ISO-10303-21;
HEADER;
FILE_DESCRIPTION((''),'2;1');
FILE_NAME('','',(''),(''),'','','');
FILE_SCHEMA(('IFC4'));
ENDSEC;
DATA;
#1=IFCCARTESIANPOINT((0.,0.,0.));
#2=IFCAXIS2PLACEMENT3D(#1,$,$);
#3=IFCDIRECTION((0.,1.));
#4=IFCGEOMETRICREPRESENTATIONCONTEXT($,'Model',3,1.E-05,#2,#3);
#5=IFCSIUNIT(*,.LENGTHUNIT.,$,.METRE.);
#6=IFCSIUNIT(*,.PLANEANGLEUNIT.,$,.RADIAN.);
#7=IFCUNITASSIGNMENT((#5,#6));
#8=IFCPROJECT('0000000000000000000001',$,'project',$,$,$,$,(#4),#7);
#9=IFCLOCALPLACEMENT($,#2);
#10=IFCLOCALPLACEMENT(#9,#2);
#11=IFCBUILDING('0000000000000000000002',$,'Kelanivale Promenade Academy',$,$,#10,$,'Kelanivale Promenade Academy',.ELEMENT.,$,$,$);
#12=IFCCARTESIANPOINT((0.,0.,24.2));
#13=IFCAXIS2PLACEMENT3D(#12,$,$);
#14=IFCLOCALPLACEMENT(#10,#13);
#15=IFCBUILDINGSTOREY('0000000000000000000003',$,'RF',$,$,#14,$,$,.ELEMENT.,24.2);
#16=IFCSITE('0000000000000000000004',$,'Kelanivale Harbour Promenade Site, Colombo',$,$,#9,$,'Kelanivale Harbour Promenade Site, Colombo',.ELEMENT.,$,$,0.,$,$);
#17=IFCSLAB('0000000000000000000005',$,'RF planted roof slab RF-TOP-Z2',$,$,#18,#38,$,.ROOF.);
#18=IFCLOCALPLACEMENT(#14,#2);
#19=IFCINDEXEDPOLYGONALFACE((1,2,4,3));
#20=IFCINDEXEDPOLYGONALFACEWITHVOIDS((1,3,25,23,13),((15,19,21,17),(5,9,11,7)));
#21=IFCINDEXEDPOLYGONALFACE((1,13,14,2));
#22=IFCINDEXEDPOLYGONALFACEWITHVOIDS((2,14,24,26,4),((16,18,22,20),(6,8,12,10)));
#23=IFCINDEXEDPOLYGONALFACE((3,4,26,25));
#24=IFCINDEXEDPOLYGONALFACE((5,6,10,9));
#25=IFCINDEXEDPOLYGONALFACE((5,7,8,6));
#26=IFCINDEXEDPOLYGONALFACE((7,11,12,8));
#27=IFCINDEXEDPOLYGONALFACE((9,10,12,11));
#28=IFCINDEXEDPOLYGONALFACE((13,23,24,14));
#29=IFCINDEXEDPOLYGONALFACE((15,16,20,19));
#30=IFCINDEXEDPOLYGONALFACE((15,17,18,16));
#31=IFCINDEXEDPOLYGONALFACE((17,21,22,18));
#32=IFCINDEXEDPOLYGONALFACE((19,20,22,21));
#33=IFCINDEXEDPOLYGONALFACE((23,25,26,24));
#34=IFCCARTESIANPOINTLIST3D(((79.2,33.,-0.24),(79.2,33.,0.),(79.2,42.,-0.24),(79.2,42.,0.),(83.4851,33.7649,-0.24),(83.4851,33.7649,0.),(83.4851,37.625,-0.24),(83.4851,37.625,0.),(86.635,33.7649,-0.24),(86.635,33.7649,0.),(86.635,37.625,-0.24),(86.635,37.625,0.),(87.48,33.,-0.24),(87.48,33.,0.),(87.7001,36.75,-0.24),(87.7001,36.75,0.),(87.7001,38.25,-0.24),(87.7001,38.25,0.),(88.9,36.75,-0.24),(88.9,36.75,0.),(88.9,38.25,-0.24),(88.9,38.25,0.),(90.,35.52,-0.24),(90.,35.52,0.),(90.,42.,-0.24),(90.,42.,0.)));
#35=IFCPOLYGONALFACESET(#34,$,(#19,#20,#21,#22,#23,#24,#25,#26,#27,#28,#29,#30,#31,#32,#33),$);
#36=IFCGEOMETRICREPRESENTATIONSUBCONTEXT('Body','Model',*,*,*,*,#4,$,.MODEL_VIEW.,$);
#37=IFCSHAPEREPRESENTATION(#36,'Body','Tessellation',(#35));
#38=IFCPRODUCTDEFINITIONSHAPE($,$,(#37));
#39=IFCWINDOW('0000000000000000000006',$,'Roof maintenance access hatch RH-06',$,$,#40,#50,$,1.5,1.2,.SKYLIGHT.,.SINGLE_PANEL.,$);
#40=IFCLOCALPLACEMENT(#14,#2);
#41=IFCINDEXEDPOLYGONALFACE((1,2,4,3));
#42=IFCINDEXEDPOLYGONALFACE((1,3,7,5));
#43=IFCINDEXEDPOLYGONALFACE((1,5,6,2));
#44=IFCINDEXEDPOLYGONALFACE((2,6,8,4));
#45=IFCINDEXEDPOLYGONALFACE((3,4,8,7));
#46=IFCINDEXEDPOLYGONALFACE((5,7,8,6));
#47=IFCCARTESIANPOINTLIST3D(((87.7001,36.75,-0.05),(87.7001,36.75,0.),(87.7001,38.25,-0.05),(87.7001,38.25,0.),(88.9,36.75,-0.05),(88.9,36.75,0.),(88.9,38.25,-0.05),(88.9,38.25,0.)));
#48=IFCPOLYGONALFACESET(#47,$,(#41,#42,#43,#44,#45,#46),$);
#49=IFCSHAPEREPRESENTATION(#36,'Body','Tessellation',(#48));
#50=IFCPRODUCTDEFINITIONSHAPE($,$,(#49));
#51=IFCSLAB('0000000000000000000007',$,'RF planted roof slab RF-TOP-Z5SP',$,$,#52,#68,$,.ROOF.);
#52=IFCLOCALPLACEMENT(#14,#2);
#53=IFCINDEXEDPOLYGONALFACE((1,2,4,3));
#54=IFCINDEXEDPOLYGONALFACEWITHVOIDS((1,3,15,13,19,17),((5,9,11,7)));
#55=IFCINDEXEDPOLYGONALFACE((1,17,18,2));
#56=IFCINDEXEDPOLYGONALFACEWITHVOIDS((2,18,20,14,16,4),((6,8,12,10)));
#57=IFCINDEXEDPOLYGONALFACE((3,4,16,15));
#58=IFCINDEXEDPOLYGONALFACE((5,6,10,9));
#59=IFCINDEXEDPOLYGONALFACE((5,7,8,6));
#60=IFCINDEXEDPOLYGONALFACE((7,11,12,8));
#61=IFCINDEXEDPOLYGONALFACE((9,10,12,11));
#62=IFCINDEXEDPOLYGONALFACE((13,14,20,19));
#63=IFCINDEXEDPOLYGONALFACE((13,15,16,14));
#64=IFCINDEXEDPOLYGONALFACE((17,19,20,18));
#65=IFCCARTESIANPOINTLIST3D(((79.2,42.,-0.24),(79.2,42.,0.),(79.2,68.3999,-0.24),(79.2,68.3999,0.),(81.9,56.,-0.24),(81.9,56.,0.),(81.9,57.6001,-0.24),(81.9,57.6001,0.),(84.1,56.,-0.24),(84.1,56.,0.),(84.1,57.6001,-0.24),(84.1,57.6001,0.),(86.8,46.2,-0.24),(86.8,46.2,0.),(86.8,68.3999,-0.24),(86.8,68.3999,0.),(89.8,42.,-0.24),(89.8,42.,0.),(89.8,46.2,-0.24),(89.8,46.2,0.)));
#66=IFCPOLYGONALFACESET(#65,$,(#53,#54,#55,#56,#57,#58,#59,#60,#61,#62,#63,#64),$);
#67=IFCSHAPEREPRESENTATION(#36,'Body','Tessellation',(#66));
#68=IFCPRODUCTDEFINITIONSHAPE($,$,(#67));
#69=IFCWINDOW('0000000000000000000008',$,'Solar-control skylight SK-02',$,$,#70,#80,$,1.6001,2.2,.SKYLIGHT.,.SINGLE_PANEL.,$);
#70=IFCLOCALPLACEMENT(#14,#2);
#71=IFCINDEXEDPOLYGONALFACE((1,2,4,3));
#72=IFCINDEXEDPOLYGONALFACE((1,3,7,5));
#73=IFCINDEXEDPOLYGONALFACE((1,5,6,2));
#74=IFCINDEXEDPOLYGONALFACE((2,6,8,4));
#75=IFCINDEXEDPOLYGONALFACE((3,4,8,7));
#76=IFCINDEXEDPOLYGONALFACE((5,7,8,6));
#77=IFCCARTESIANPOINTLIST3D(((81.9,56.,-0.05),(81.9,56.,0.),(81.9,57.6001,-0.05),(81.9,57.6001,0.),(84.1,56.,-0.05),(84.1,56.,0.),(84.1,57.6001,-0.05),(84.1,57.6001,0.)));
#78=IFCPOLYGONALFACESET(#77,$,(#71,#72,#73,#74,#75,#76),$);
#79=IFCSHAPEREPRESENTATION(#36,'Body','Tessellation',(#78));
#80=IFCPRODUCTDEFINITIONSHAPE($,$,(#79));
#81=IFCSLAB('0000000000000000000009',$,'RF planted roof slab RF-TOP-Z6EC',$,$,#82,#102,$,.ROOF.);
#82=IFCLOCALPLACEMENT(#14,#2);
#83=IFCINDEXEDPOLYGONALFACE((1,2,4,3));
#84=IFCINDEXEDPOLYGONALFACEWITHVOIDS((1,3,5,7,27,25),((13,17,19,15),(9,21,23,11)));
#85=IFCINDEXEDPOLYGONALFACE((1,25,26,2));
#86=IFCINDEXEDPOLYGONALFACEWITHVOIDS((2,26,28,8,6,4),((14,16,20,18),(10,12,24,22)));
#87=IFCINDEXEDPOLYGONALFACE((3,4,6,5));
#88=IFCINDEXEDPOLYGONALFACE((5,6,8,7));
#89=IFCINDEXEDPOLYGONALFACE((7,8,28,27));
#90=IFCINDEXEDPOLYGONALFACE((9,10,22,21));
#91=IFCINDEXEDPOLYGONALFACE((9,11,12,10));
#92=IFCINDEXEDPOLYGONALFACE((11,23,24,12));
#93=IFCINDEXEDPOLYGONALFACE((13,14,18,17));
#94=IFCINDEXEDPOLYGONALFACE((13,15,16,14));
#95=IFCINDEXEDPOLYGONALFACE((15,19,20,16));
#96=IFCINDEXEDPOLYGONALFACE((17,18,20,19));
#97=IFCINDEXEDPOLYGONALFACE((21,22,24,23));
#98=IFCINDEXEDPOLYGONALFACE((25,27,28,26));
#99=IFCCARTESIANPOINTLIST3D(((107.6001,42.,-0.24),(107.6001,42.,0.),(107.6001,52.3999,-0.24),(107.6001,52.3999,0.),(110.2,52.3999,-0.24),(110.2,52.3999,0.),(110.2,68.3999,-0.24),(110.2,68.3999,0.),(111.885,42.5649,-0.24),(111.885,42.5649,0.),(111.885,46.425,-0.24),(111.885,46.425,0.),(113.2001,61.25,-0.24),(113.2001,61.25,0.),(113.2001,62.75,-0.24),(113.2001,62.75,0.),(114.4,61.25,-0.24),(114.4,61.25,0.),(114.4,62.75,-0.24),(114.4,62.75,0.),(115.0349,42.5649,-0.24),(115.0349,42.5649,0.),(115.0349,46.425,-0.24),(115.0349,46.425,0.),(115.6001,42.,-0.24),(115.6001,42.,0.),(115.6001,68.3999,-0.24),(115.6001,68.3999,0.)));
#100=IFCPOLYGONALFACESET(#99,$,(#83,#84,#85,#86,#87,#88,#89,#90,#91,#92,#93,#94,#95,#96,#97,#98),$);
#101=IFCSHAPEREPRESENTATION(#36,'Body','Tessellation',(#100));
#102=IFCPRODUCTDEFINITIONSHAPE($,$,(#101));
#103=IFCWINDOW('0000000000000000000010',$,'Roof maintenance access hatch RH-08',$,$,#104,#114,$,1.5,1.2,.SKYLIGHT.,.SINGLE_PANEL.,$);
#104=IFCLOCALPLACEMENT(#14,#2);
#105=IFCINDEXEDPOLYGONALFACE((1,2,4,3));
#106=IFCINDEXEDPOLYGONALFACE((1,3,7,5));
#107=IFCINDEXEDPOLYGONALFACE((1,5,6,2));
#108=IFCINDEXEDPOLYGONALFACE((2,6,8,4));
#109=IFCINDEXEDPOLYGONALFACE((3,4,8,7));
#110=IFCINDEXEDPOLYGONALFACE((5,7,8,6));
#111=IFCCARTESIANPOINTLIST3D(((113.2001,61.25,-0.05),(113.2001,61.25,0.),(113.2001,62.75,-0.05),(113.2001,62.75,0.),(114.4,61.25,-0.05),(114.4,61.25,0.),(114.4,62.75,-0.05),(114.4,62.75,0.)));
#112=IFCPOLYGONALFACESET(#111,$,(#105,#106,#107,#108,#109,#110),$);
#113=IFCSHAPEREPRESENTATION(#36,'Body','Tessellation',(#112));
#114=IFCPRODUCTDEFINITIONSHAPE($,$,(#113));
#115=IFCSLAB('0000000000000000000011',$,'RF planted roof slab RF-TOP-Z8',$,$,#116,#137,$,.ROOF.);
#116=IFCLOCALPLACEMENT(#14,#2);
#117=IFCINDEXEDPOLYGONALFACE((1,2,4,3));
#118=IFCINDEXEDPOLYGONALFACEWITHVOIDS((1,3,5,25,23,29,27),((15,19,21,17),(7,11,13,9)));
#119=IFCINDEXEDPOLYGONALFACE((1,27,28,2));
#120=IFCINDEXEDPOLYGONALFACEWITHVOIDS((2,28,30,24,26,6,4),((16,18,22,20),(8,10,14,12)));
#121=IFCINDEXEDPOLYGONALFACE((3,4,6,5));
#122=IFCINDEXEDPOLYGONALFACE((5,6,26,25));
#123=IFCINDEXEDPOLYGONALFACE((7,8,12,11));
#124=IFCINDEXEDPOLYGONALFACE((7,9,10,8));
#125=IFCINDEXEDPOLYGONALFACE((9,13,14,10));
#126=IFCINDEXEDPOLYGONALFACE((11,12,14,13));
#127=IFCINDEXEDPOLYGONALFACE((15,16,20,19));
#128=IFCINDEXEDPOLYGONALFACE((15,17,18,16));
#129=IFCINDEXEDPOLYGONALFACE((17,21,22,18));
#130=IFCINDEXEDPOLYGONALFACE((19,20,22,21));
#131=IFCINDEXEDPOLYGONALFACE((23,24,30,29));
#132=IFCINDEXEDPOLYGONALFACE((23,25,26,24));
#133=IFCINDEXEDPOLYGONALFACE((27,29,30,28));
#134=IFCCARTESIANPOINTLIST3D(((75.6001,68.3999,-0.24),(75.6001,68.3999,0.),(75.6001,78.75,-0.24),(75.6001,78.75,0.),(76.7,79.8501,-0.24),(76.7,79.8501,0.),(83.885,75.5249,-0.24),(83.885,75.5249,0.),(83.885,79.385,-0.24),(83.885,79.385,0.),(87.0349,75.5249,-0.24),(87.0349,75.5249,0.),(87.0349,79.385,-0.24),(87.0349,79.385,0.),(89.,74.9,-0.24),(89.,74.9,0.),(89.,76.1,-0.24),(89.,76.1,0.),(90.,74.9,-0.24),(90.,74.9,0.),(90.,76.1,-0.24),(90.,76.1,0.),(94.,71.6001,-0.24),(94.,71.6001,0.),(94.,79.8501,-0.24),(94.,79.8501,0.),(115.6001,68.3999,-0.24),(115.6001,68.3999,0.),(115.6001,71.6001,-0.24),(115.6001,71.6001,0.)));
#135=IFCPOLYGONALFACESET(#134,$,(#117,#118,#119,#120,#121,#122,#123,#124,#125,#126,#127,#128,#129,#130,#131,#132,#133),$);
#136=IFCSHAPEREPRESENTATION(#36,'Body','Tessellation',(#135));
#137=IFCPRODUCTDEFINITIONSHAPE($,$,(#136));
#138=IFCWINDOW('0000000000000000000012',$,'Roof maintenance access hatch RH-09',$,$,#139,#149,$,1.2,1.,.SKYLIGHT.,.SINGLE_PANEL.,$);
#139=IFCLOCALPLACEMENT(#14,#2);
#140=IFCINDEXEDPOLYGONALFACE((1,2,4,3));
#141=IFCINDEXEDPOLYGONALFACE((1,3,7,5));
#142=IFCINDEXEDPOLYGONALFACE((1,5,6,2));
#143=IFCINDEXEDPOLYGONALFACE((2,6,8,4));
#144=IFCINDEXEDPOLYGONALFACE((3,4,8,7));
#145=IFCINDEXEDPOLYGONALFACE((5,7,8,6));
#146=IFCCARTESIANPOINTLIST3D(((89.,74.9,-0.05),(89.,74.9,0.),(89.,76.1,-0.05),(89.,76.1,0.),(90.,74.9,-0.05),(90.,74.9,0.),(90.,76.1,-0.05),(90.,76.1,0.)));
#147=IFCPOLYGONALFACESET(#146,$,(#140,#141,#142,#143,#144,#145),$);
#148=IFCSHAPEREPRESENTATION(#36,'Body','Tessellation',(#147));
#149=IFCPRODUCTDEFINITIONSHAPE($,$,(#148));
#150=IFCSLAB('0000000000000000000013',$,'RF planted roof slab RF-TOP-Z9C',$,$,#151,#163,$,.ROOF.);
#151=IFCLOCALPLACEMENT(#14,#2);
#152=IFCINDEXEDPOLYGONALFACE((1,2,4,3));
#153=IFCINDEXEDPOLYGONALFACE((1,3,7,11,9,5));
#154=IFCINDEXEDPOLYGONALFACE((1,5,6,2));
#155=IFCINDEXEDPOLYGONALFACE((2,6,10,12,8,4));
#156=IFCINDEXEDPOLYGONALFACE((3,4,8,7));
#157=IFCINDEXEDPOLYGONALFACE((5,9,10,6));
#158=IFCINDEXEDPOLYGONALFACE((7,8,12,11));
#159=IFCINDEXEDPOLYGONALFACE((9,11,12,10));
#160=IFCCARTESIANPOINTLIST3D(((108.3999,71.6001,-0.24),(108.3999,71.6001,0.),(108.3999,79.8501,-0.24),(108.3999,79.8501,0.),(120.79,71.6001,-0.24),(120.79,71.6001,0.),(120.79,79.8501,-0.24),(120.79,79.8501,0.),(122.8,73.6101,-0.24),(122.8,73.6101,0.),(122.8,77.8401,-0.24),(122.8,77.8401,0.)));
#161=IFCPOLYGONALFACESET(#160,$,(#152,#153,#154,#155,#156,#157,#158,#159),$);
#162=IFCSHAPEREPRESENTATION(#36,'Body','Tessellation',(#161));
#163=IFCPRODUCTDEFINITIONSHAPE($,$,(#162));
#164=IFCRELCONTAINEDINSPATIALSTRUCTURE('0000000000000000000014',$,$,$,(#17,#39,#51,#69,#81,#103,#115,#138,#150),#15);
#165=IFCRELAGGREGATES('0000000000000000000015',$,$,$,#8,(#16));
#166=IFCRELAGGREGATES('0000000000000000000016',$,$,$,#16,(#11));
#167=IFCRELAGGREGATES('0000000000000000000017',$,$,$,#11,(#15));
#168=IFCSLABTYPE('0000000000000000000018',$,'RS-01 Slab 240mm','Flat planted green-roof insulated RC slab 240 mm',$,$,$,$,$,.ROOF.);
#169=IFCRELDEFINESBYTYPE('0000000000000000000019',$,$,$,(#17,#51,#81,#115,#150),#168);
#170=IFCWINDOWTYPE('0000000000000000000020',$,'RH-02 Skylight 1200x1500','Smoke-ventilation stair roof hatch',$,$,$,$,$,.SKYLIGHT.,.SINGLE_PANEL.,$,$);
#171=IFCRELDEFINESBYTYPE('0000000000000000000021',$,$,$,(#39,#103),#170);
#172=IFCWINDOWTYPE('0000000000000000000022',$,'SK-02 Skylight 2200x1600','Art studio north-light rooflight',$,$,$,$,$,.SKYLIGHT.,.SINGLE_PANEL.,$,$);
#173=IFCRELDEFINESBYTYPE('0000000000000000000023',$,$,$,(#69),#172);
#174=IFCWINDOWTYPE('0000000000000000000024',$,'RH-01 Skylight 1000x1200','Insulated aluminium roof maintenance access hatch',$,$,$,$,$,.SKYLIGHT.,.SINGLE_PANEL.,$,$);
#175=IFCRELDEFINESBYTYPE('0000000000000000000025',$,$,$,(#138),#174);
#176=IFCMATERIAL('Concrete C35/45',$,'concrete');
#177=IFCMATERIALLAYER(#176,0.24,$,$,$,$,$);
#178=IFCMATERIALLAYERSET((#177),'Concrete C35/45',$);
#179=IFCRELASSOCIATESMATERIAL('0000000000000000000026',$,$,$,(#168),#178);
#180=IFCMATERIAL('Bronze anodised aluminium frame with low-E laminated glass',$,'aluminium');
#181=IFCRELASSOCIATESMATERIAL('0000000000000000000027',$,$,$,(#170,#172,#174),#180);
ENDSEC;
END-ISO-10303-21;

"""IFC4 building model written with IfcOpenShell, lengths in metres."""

from ifc_helpers import new_model, si_unit, direction, frame, origin, origin_2d, place, context, subcontext, project, spatial, polyline, rectangle, outline, extrude, material, layer, layer_set, type_object, element, fill, save


model = new_model("IFC4")

# Units and contexts
model_context = context("Model", 3, precision=1e-05, world=origin(), true_north=direction((0.0, 1.0)))
body_context = subcontext(model_context, "Body", "Model", "MODEL_VIEW")
ifc_project = project(units=[si_unit("LENGTHUNIT", "METRE"), si_unit("PLANEANGLEUNIT", "RADIAN")], contexts=[model_context])

# Site, building, storey
site_placement = place(None, origin())
site = spatial("IfcSite", under=ifc_project, at=site_placement, Name="Kelanivale Harbour Promenade Site, Colombo", LongName="Kelanivale Harbour Promenade Site, Colombo", CompositionType="ELEMENT", RefElevation=0.0)
building_placement = place(site_placement, origin())
building = spatial("IfcBuilding", under=site, at=building_placement, Name="Kelanivale Promenade Academy", LongName="Kelanivale Promenade Academy", CompositionType="ELEMENT")
storey_placement = place(building_placement, frame((0.0, 0.0, 24.2)))
storey = spatial("IfcBuildingStorey", under=building, at=storey_placement, Name="RF", CompositionType="ELEMENT", Elevation=24.2)

# Slabs, openings, windows
ifc_material_1 = material(Name="Concrete C35/45", Category="concrete")
ifc_layer_1 = layer(ifc_material_1, 0.24)
ifc_layer_set_1 = layer_set([ifc_layer_1], Name="Concrete C35/45")
slab_type_1 = type_object("IfcSlabType", Name="RS-01 Slab 240mm", Description="Flat planted green-roof insulated RC slab 240 mm", PredefinedType="ROOF", material=ifc_layer_set_1)
slab_1_placement = place(storey_placement, frame((0.0, 0.0, -0.24)))
slab_1 = element("IfcSlab", 1, at=slab_1_placement, inside=storey, type_object=slab_type_1, Name="RF planted roof slab RF-TOP-Z2", PredefinedType="ROOF", context=body_context, shape_type="SweptSolid", body=[
    extrude(outline(polyline([(90.0, 35.52), (90.0, 42.0), (79.2, 42.0), (79.2, 33.0), (87.48, 33.0), (90.0, 35.52)]), holes=[polyline([(86.635, 37.625), (86.635, 33.7649), (83.4851, 33.7649), (83.4851, 37.625), (86.635, 37.625)])]), origin(), (0.0, 0.0, 1.0), 0.24),
])
opening_1_placement = place(slab_1_placement, frame((88.3, 37.5, 0.0)))
opening_1 = element("IfcOpeningElement", 2, at=opening_1_placement, cuts=slab_1, PredefinedType="OPENING", context=body_context, shape_type="SweptSolid", body=[
    extrude(rectangle(XDim=1.2, YDim=1.5, at=origin_2d()), frame((0.0, 0.0, -0.01)), (0.0, 0.0, 1.0), 0.26),
])
ifc_material_2 = material(Name="Bronze anodised aluminium frame with low-E laminated glass", Category="aluminium")
window_type_1 = type_object("IfcWindowType", Name="RH-02 Skylight 1200x1500", Description="Smoke-ventilation stair roof hatch", PartitioningType="SINGLE_PANEL", PredefinedType="SKYLIGHT", material=ifc_material_2)
window_1_placement = place(opening_1_placement, frame((0.0, 0.0, 0.1899)))
window_1 = element("IfcWindow", 3, at=window_1_placement, inside=storey, type_object=window_type_1, Name="Roof maintenance access hatch RH-06", OverallHeight=1.5, OverallWidth=1.2, PartitioningType="SINGLE_PANEL", PredefinedType="SKYLIGHT", context=body_context, shape_type="SweptSolid", body=[
    extrude(rectangle(XDim=1.2, YDim=1.5, at=origin_2d()), origin(), (0.0, 0.0, 1.0), 0.05),
])
fill(opening_1, window_1)
slab_2_placement = place(storey_placement, frame((0.0, 0.0, -0.24)))
slab_2 = element("IfcSlab", 4, at=slab_2_placement, inside=storey, type_object=slab_type_1, Name="RF planted roof slab RF-TOP-Z5SP", PredefinedType="ROOF", context=body_context, shape_type="SweptSolid", body=[
    extrude(outline(polyline([(86.8, 46.2), (86.8, 68.3999), (79.2, 68.3999), (79.2, 42.0), (89.8, 42.0), (89.8, 46.2), (86.8, 46.2)])), origin(), (0.0, 0.0, 1.0), 0.24),
])
opening_2_placement = place(slab_2_placement, frame((83.0, 56.8, 0.0)))
opening_2 = element("IfcOpeningElement", 5, at=opening_2_placement, cuts=slab_2, PredefinedType="OPENING", context=body_context, shape_type="SweptSolid", body=[
    extrude(rectangle(XDim=2.2, YDim=1.6001, at=origin_2d()), frame((0.0, 0.0, -0.01)), (0.0, 0.0, 1.0), 0.26),
])
window_type_2 = type_object("IfcWindowType", Name="SK-02 Skylight 2200x1600", Description="Art studio north-light rooflight", PartitioningType="SINGLE_PANEL", PredefinedType="SKYLIGHT", material=ifc_material_2)
window_2_placement = place(opening_2_placement, frame((0.0, 0.0, 0.1899)))
window_2 = element("IfcWindow", 6, at=window_2_placement, inside=storey, type_object=window_type_2, Name="Solar-control skylight SK-02", OverallHeight=1.6001, OverallWidth=2.2, PartitioningType="SINGLE_PANEL", PredefinedType="SKYLIGHT", context=body_context, shape_type="SweptSolid", body=[
    extrude(rectangle(XDim=2.2, YDim=1.6001, at=origin_2d()), origin(), (0.0, 0.0, 1.0), 0.05),
])
fill(opening_2, window_2)
slab_3_placement = place(storey_placement, frame((0.0, 0.0, -0.24)))
slab_3 = element("IfcSlab", 7, at=slab_3_placement, inside=storey, type_object=slab_type_1, Name="RF planted roof slab RF-TOP-Z6EC", PredefinedType="ROOF", context=body_context, shape_type="SweptSolid", body=[
    extrude(outline(polyline([(110.2, 68.3999), (110.2, 52.3999), (107.6001, 52.3999), (107.6001, 42.0), (115.6001, 42.0), (115.6001, 68.3999), (110.2, 68.3999)]), holes=[polyline([(111.885, 42.5649), (111.885, 46.425), (115.0349, 46.425), (115.0349, 42.5649), (111.885, 42.5649)])]), origin(), (0.0, 0.0, 1.0), 0.24),
])
opening_3_placement = place(slab_3_placement, frame((113.8, 62.0, 0.0)))
opening_3 = element("IfcOpeningElement", 8, at=opening_3_placement, cuts=slab_3, PredefinedType="OPENING", context=body_context, shape_type="SweptSolid", body=[
    extrude(rectangle(XDim=1.2, YDim=1.5, at=origin_2d()), frame((0.0, 0.0, -0.01)), (0.0, 0.0, 1.0), 0.26),
])
window_3_placement = place(opening_3_placement, frame((0.0, 0.0, 0.1899)))
window_3 = element("IfcWindow", 9, at=window_3_placement, inside=storey, type_object=window_type_1, Name="Roof maintenance access hatch RH-08", OverallHeight=1.5, OverallWidth=1.2, PartitioningType="SINGLE_PANEL", PredefinedType="SKYLIGHT", context=body_context, shape_type="SweptSolid", body=[
    extrude(rectangle(XDim=1.2, YDim=1.5, at=origin_2d()), origin(), (0.0, 0.0, 1.0), 0.05),
])
fill(opening_3, window_3)
slab_4_placement = place(storey_placement, frame((0.0, 0.0, -0.24)))
slab_4 = element("IfcSlab", 10, at=slab_4_placement, inside=storey, type_object=slab_type_1, Name="RF planted roof slab RF-TOP-Z8", PredefinedType="ROOF", context=body_context, shape_type="SweptSolid", body=[
    extrude(outline(polyline([(94.0, 79.8501), (76.7, 79.8501), (75.6001, 78.75), (75.6001, 68.3999), (115.6001, 68.3999), (115.6001, 71.6001), (94.0, 71.6001), (94.0, 79.8501)]), holes=[polyline([(87.0349, 75.5249), (83.885, 75.5249), (83.885, 79.385), (87.0349, 79.385), (87.0349, 75.5249)])]), origin(), (0.0, 0.0, 1.0), 0.24),
])
opening_4_placement = place(slab_4_placement, frame((89.5, 75.5, 0.0)))
opening_4 = element("IfcOpeningElement", 11, at=opening_4_placement, cuts=slab_4, PredefinedType="OPENING", context=body_context, shape_type="SweptSolid", body=[
    extrude(rectangle(XDim=1.0, YDim=1.2, at=origin_2d()), frame((0.0, 0.0, -0.01)), (0.0, 0.0, 1.0), 0.26),
])
window_type_3 = type_object("IfcWindowType", Name="RH-01 Skylight 1000x1200", Description="Insulated aluminium roof maintenance access hatch", PartitioningType="SINGLE_PANEL", PredefinedType="SKYLIGHT", material=ifc_material_2)
window_4_placement = place(opening_4_placement, frame((0.0, 0.0, 0.1899)))
window_4 = element("IfcWindow", 12, at=window_4_placement, inside=storey, type_object=window_type_3, Name="Roof maintenance access hatch RH-09", OverallHeight=1.2, OverallWidth=1.0, PartitioningType="SINGLE_PANEL", PredefinedType="SKYLIGHT", context=body_context, shape_type="SweptSolid", body=[
    extrude(rectangle(XDim=1.0, YDim=1.2, at=origin_2d()), origin(), (0.0, 0.0, 1.0), 0.05),
])
fill(opening_4, window_4)

# Slab
slab_5_placement = place(storey_placement, frame((0.0, 0.0, -0.24)))
element("IfcSlab", 13, at=slab_5_placement, inside=storey, type_object=slab_type_1, Name="RF planted roof slab RF-TOP-Z9C", PredefinedType="ROOF", context=body_context, shape_type="SweptSolid", body=[
    extrude(outline(polyline([(122.8, 77.8401), (120.79, 79.8501), (108.3999, 79.8501), (108.3999, 71.6001), (120.79, 71.6001), (122.8, 73.6101), (122.8, 77.8401)])), origin(), (0.0, 0.0, 1.0), 0.24),
])

save(model, "model.ifc")
